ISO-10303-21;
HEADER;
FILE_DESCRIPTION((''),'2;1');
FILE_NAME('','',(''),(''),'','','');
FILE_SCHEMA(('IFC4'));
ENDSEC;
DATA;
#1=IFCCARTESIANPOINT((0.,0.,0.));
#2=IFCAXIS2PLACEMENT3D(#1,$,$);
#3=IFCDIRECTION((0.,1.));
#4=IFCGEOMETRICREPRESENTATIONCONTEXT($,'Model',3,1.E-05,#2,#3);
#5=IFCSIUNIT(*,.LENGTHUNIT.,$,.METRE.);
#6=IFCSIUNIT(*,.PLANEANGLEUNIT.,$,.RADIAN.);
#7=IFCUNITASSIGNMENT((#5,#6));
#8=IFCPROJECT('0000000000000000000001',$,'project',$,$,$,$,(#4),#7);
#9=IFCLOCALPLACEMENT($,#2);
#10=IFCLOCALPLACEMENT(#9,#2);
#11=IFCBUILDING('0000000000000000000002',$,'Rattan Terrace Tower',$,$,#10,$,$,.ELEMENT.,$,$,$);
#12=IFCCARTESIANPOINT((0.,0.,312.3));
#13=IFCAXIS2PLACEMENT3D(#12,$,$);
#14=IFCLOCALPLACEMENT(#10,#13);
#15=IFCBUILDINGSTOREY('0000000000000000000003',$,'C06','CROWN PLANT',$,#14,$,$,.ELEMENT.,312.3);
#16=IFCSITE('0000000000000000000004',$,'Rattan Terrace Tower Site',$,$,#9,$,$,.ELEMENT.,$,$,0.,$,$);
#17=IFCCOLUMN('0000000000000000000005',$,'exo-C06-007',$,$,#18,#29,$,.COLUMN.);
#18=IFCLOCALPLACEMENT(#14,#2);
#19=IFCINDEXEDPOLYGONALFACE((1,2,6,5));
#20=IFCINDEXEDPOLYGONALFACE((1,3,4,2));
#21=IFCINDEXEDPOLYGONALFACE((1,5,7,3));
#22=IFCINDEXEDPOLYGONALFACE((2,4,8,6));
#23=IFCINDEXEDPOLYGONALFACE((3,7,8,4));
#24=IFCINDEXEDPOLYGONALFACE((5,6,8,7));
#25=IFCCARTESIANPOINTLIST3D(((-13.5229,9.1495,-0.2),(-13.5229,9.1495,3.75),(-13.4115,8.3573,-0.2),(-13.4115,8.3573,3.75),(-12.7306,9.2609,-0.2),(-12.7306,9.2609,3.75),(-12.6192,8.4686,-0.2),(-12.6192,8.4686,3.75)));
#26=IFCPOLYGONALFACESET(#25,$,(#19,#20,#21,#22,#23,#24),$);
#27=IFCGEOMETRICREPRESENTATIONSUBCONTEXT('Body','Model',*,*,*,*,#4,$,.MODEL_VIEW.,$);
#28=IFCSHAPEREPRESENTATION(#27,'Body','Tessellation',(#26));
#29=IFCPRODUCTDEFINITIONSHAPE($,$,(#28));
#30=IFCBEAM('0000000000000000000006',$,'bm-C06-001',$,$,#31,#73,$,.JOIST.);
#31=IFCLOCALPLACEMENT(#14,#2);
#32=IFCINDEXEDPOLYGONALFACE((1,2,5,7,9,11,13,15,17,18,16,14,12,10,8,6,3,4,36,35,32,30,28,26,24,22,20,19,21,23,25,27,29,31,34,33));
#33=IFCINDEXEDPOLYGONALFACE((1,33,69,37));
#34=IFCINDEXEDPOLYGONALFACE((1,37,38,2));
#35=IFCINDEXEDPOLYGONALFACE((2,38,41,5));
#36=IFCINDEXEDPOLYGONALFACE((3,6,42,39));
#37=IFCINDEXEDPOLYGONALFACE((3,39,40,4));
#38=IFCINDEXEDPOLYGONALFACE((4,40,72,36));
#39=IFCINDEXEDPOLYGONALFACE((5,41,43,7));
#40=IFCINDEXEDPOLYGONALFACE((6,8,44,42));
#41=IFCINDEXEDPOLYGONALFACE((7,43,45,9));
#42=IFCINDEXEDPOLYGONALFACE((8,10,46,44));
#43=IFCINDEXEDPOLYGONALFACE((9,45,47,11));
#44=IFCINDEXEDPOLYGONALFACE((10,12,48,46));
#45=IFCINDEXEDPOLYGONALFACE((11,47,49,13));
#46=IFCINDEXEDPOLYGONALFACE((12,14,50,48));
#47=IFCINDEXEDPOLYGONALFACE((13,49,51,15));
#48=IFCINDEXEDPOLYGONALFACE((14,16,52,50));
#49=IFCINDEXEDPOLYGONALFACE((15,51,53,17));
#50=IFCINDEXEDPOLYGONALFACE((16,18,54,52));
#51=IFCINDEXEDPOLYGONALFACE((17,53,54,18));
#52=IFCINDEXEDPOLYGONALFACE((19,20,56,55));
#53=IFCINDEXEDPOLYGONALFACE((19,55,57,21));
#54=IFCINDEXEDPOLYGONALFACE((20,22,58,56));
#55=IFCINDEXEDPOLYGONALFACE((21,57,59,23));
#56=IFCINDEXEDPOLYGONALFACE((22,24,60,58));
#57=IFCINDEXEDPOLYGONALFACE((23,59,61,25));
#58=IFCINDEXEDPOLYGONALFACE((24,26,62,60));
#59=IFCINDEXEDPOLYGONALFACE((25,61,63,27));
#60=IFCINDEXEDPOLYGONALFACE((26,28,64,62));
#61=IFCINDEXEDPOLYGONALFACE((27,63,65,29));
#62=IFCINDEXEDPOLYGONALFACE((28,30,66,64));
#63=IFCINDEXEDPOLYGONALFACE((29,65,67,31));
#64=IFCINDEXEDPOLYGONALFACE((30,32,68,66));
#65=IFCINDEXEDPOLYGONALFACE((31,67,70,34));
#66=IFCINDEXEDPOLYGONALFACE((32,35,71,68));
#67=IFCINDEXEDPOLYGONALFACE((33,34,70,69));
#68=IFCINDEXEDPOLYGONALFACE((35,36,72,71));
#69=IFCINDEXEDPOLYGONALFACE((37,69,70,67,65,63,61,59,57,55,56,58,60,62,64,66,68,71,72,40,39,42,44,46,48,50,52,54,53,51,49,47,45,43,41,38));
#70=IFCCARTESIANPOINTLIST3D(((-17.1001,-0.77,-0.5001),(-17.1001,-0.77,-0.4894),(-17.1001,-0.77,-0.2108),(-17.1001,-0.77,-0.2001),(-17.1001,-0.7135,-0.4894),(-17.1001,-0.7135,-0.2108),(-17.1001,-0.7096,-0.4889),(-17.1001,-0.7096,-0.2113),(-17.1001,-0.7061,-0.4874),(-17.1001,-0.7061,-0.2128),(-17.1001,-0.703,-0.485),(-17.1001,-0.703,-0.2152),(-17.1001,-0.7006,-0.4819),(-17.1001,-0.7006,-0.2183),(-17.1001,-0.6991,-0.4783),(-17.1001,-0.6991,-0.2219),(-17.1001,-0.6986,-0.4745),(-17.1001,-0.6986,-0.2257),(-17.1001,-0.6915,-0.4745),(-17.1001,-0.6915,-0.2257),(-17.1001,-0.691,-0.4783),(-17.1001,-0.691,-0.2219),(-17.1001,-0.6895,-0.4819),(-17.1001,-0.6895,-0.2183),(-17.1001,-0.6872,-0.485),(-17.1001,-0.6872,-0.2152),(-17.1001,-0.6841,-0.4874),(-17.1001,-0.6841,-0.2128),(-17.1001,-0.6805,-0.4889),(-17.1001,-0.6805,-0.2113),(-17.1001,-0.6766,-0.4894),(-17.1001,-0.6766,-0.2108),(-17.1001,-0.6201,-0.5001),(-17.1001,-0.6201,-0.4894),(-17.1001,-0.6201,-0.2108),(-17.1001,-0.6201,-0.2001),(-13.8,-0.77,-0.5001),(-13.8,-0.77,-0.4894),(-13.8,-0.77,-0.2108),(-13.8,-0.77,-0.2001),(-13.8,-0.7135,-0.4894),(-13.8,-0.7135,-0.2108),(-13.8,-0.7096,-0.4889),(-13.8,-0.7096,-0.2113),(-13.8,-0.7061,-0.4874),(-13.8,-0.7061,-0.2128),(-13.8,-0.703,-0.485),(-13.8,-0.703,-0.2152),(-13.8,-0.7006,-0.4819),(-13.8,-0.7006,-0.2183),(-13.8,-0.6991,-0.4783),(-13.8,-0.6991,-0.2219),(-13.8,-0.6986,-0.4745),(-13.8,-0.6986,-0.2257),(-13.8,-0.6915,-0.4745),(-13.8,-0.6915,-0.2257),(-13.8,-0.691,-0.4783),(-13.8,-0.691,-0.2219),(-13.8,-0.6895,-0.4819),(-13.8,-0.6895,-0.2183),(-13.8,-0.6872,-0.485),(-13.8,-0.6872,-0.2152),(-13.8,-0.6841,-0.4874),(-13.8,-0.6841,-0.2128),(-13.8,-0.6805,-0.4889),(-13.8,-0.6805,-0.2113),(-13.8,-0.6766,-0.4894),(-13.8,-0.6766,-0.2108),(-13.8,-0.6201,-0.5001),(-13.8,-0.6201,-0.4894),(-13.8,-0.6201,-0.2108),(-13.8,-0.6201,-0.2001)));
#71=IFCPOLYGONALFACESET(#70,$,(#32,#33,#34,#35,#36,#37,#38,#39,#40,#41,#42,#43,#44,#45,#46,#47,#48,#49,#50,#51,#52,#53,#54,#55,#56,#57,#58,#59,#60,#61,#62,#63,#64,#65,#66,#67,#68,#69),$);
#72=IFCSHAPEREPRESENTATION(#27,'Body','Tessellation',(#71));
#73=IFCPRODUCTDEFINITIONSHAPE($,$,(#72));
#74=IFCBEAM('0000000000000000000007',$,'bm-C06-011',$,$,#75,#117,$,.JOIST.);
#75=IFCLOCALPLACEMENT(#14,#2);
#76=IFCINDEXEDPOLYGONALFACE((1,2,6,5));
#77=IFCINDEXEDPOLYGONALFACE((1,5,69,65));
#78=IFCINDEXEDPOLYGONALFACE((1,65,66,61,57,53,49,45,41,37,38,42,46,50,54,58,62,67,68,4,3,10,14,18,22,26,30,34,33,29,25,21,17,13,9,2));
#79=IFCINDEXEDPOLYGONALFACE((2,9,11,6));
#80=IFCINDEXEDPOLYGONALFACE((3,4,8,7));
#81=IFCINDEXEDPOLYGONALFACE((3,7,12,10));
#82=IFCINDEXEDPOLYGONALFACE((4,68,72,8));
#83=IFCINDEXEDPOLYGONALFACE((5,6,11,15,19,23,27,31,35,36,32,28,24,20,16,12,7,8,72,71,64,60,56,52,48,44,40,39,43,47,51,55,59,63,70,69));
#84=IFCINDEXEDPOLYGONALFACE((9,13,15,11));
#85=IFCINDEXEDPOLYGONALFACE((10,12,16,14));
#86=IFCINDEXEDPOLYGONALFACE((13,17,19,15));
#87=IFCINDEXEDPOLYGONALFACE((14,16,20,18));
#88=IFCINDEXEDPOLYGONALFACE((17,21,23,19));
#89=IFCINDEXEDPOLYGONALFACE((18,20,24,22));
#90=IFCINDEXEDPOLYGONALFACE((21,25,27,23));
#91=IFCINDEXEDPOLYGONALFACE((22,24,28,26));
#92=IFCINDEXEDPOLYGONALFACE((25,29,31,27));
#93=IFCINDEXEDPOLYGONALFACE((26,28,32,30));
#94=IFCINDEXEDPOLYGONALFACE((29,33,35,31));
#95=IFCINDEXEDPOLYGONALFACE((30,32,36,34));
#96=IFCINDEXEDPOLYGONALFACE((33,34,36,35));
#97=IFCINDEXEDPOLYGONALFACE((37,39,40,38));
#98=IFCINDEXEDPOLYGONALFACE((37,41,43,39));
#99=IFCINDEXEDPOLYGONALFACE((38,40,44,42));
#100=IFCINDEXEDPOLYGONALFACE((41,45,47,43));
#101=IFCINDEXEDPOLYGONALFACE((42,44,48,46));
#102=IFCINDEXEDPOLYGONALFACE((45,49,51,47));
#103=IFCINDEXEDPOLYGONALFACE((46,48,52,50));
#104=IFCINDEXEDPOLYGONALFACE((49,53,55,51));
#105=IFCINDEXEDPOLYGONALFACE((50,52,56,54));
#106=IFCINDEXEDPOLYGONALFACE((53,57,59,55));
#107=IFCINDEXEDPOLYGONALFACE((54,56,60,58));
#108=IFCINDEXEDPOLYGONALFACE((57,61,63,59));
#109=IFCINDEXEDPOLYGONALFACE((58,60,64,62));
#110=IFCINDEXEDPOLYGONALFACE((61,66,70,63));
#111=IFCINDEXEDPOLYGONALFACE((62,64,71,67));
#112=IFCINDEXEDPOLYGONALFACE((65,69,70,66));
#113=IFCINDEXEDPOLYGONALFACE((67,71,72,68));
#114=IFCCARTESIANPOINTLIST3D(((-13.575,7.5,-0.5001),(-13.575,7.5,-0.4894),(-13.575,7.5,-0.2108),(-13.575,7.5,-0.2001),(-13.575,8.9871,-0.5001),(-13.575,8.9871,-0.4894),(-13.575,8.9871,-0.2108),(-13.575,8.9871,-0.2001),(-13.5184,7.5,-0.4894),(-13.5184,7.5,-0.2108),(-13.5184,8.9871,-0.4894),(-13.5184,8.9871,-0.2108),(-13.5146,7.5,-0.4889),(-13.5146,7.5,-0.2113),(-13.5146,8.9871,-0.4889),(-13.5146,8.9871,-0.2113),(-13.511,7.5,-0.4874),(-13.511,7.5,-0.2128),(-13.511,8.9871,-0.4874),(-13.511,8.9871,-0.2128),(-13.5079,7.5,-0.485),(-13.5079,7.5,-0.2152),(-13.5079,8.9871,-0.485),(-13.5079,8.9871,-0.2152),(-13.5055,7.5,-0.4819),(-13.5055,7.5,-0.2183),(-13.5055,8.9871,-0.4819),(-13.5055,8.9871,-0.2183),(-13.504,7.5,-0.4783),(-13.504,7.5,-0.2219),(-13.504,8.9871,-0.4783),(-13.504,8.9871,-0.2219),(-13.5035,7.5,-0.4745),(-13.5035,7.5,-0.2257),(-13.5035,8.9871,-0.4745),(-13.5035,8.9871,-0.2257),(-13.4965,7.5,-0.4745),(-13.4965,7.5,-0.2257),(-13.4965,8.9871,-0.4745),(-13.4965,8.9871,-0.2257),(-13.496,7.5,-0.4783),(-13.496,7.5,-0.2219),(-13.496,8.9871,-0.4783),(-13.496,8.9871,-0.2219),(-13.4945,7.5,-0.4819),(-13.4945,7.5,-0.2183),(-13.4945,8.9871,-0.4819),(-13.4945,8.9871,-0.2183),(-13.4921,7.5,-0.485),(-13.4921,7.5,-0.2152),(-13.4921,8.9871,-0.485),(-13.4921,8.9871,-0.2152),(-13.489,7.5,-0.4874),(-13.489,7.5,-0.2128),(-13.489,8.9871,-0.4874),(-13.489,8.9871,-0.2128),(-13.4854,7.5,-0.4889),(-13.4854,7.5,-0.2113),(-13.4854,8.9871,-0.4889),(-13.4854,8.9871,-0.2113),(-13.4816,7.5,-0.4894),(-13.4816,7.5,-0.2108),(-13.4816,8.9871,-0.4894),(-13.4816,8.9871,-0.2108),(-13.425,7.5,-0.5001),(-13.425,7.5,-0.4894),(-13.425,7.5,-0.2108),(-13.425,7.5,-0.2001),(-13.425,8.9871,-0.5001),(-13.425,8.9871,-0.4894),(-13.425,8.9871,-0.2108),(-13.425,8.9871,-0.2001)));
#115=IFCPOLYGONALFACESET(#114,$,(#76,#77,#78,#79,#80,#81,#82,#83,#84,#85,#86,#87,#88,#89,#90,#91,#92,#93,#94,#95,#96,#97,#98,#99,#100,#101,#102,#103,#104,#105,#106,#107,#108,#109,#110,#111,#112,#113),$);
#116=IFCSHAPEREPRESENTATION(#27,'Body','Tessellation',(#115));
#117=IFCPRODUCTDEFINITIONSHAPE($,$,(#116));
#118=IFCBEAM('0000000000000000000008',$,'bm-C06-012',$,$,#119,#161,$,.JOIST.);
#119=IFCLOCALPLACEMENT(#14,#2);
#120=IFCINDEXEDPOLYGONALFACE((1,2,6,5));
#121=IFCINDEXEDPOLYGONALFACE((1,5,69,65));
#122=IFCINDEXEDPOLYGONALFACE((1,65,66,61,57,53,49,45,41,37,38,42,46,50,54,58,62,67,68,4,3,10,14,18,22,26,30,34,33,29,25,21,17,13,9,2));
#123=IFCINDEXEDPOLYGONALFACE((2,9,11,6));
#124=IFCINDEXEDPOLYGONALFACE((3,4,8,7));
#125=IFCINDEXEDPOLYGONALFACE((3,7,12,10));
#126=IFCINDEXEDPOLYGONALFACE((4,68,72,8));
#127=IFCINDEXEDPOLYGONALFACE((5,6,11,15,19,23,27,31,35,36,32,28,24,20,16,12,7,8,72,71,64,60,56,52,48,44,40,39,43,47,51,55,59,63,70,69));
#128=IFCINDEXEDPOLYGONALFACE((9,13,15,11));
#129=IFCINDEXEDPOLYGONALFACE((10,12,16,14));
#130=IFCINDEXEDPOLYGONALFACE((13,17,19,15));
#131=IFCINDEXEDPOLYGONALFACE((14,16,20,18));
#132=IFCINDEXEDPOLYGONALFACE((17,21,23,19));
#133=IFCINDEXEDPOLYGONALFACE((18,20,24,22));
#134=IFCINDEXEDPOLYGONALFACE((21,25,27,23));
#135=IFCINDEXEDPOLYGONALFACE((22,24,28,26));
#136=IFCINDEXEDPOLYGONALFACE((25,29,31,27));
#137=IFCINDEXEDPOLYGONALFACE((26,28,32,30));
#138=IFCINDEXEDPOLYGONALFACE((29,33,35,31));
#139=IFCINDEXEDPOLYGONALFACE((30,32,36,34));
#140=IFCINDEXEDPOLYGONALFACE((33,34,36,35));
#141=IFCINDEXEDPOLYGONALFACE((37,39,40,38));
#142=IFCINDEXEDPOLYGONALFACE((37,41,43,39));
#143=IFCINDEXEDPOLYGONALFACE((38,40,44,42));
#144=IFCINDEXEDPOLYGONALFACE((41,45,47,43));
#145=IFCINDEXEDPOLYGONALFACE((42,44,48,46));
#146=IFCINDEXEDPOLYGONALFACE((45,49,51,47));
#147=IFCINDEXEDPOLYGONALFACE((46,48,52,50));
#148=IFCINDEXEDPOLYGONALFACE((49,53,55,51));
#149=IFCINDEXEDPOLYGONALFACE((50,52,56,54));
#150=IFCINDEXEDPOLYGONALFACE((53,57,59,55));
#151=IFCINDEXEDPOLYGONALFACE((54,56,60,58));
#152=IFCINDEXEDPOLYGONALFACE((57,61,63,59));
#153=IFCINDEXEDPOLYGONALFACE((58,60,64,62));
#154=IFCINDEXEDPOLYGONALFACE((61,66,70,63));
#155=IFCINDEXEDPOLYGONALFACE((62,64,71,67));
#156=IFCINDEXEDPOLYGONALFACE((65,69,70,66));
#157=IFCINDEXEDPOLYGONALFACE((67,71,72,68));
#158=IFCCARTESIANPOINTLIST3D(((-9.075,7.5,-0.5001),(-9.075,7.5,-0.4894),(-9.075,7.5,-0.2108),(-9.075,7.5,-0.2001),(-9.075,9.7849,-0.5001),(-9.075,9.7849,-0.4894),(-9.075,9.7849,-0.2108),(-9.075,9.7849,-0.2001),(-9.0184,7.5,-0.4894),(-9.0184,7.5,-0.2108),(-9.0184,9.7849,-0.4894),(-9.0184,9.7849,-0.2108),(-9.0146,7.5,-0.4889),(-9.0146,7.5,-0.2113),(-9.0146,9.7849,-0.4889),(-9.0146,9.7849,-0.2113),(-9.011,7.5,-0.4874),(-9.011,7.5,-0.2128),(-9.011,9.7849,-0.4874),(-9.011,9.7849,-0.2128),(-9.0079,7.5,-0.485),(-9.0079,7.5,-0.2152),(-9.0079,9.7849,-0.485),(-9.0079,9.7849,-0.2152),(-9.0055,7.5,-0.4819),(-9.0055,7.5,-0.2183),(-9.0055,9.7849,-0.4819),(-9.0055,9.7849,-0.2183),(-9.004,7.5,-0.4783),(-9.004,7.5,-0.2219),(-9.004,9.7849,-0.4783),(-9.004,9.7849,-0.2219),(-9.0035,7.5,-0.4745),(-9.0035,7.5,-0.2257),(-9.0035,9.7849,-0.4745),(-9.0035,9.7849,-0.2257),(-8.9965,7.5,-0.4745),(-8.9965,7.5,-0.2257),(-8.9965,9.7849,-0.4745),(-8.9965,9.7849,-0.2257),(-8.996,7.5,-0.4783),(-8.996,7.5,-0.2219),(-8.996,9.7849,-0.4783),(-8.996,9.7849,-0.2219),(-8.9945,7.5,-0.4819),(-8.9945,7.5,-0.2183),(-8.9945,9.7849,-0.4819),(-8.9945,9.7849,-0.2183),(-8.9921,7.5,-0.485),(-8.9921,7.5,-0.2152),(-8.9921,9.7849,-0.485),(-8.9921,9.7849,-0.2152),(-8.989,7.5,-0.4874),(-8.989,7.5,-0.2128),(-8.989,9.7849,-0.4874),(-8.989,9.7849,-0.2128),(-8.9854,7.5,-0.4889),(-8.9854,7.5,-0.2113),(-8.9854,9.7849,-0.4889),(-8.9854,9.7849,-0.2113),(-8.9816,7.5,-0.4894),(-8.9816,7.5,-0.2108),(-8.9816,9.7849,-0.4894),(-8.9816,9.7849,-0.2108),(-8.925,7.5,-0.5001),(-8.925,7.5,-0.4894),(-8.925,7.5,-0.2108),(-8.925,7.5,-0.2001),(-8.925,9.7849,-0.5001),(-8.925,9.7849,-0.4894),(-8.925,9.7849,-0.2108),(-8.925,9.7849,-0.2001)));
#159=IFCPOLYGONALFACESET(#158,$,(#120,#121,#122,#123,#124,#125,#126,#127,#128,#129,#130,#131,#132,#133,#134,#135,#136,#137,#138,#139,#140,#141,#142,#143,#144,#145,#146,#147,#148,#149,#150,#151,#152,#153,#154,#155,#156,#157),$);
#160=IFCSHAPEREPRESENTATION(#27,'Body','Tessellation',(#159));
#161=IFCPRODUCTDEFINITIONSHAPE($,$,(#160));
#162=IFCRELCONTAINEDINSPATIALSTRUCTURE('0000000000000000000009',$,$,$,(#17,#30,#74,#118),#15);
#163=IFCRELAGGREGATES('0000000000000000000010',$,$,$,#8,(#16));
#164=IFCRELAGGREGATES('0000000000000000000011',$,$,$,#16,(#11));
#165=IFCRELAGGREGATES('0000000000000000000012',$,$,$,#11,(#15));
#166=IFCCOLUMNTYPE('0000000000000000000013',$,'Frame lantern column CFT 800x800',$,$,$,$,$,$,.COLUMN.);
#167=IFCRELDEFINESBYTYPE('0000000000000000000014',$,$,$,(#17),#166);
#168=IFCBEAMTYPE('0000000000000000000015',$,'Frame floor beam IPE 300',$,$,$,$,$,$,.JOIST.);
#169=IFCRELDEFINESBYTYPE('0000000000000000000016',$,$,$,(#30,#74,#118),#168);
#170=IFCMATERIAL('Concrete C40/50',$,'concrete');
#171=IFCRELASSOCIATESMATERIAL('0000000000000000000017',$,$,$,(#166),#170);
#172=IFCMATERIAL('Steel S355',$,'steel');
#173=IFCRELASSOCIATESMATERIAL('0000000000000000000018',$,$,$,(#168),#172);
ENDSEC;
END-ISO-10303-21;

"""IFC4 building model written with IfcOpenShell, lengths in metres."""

from ifc_helpers import new_model, si_unit, direction, frame, origin, origin_2d, place, context, subcontext, project, spatial, rectangle, i_section, extrude, material, material_profile, profile_set, type_object, element, save


model = new_model("IFC4")

# Units and contexts
model_context = context("Model", 3, precision=1e-05, world=origin(), true_north=direction((0.0, 1.0)))
body_context = subcontext(model_context, "Body", "Model", "MODEL_VIEW")
ifc_project = project(units=[si_unit("LENGTHUNIT", "METRE"), si_unit("PLANEANGLEUNIT", "RADIAN")], contexts=[model_context])

# Site, building, storey
site_placement = place(None, origin())
site = spatial("IfcSite", under=ifc_project, at=site_placement, Name="Rattan Terrace Tower Site", CompositionType="ELEMENT", RefElevation=0.0)
building_placement = place(site_placement, origin())
building = spatial("IfcBuilding", under=site, at=building_placement, Name="Rattan Terrace Tower", CompositionType="ELEMENT")
storey_placement = place(building_placement, frame((0.0, 0.0, 312.3)))
storey = spatial("IfcBuildingStorey", under=building, at=storey_placement, Name="C06", Description="CROWN PLANT", CompositionType="ELEMENT", Elevation=312.3)

# Column
ifc_material_1 = material(Name="Concrete C40/50", Category="concrete")
ifc_material_profile_1 = material_profile(ifc_material_1, rectangle(XDim=0.8, YDim=0.8, at=origin_2d()), Name="CFT 800x800")
ifc_profile_set_1 = profile_set([ifc_material_profile_1], Name="Concrete C40/50")
column_type = type_object("IfcColumnType", Name="Frame lantern column CFT 800x800", PredefinedType="COLUMN", material=ifc_profile_set_1)
column_placement = place(storey_placement, frame((-13.071, 8.8091, -0.2), z_axis=(0.0, 0.0, 1.0), x_axis=(0.990266, 0.13919, 0.0)))
element("IfcColumn", 1, at=column_placement, inside=storey, type_object=column_type, Name="exo-C06-007", PredefinedType="COLUMN", context=body_context, shape_type="SweptSolid", body=[
    extrude(rectangle(XDim=0.8, YDim=0.8, at=origin_2d()), origin(), (0.0, 0.0, 1.0), 3.95),
])

# Beams
ifc_material_2 = material(Name="Steel S355", Category="steel")
ifc_material_profile_2 = material_profile(ifc_material_2, i_section(OverallWidth=0.1499, OverallDepth=0.3, WebThickness=0.0071, FlangeThickness=0.0107, FilletRadius=0.0149, at=origin_2d()), Name="IPE 300")
ifc_profile_set_2 = profile_set([ifc_material_profile_2], Name="Steel S355")
beam_type = type_object("IfcBeamType", Name="Frame floor beam IPE 300", PredefinedType="JOIST", material=ifc_profile_set_2)
beam_1_placement = place(storey_placement, frame((-17.1001, -0.6951, -0.3501), z_axis=(1.0, 0.0, 0.0), x_axis=(0.0, 1.0, 0.0)))
element("IfcBeam", 2, at=beam_1_placement, inside=storey, type_object=beam_type, Name="bm-C06-001", PredefinedType="JOIST", context=body_context, shape_type="SweptSolid", body=[
    extrude(i_section(OverallWidth=0.1499, OverallDepth=0.3, WebThickness=0.0071, FlangeThickness=0.0107, FilletRadius=0.0149, at=origin_2d()), origin(), (0.0, 0.0, 1.0), 3.3),
])
beam_2_placement = place(storey_placement, frame((-13.5, 7.5, -0.3501), z_axis=(0.0, 1.0, 0.0), x_axis=(-1.0, 0.0, 0.0)))
element("IfcBeam", 3, at=beam_2_placement, inside=storey, type_object=beam_type, Name="bm-C06-011", PredefinedType="JOIST", context=body_context, shape_type="SweptSolid", body=[
    extrude(i_section(OverallWidth=0.1499, OverallDepth=0.3, WebThickness=0.0071, FlangeThickness=0.0107, FilletRadius=0.0149, at=origin_2d()), origin(), (0.0, 0.0, 1.0), 1.4871),
])
beam_3_placement = place(storey_placement, frame((-9.0, 7.5, -0.3501), z_axis=(0.0, 1.0, 0.0), x_axis=(-1.0, 0.0, 0.0)))
element("IfcBeam", 4, at=beam_3_placement, inside=storey, type_object=beam_type, Name="bm-C06-012", PredefinedType="JOIST", context=body_context, shape_type="SweptSolid", body=[
    extrude(i_section(OverallWidth=0.1499, OverallDepth=0.3, WebThickness=0.0071, FlangeThickness=0.0107, FilletRadius=0.0149, at=origin_2d()), origin(), (0.0, 0.0, 1.0), 2.2849),
])

save(model, "model.ifc")
